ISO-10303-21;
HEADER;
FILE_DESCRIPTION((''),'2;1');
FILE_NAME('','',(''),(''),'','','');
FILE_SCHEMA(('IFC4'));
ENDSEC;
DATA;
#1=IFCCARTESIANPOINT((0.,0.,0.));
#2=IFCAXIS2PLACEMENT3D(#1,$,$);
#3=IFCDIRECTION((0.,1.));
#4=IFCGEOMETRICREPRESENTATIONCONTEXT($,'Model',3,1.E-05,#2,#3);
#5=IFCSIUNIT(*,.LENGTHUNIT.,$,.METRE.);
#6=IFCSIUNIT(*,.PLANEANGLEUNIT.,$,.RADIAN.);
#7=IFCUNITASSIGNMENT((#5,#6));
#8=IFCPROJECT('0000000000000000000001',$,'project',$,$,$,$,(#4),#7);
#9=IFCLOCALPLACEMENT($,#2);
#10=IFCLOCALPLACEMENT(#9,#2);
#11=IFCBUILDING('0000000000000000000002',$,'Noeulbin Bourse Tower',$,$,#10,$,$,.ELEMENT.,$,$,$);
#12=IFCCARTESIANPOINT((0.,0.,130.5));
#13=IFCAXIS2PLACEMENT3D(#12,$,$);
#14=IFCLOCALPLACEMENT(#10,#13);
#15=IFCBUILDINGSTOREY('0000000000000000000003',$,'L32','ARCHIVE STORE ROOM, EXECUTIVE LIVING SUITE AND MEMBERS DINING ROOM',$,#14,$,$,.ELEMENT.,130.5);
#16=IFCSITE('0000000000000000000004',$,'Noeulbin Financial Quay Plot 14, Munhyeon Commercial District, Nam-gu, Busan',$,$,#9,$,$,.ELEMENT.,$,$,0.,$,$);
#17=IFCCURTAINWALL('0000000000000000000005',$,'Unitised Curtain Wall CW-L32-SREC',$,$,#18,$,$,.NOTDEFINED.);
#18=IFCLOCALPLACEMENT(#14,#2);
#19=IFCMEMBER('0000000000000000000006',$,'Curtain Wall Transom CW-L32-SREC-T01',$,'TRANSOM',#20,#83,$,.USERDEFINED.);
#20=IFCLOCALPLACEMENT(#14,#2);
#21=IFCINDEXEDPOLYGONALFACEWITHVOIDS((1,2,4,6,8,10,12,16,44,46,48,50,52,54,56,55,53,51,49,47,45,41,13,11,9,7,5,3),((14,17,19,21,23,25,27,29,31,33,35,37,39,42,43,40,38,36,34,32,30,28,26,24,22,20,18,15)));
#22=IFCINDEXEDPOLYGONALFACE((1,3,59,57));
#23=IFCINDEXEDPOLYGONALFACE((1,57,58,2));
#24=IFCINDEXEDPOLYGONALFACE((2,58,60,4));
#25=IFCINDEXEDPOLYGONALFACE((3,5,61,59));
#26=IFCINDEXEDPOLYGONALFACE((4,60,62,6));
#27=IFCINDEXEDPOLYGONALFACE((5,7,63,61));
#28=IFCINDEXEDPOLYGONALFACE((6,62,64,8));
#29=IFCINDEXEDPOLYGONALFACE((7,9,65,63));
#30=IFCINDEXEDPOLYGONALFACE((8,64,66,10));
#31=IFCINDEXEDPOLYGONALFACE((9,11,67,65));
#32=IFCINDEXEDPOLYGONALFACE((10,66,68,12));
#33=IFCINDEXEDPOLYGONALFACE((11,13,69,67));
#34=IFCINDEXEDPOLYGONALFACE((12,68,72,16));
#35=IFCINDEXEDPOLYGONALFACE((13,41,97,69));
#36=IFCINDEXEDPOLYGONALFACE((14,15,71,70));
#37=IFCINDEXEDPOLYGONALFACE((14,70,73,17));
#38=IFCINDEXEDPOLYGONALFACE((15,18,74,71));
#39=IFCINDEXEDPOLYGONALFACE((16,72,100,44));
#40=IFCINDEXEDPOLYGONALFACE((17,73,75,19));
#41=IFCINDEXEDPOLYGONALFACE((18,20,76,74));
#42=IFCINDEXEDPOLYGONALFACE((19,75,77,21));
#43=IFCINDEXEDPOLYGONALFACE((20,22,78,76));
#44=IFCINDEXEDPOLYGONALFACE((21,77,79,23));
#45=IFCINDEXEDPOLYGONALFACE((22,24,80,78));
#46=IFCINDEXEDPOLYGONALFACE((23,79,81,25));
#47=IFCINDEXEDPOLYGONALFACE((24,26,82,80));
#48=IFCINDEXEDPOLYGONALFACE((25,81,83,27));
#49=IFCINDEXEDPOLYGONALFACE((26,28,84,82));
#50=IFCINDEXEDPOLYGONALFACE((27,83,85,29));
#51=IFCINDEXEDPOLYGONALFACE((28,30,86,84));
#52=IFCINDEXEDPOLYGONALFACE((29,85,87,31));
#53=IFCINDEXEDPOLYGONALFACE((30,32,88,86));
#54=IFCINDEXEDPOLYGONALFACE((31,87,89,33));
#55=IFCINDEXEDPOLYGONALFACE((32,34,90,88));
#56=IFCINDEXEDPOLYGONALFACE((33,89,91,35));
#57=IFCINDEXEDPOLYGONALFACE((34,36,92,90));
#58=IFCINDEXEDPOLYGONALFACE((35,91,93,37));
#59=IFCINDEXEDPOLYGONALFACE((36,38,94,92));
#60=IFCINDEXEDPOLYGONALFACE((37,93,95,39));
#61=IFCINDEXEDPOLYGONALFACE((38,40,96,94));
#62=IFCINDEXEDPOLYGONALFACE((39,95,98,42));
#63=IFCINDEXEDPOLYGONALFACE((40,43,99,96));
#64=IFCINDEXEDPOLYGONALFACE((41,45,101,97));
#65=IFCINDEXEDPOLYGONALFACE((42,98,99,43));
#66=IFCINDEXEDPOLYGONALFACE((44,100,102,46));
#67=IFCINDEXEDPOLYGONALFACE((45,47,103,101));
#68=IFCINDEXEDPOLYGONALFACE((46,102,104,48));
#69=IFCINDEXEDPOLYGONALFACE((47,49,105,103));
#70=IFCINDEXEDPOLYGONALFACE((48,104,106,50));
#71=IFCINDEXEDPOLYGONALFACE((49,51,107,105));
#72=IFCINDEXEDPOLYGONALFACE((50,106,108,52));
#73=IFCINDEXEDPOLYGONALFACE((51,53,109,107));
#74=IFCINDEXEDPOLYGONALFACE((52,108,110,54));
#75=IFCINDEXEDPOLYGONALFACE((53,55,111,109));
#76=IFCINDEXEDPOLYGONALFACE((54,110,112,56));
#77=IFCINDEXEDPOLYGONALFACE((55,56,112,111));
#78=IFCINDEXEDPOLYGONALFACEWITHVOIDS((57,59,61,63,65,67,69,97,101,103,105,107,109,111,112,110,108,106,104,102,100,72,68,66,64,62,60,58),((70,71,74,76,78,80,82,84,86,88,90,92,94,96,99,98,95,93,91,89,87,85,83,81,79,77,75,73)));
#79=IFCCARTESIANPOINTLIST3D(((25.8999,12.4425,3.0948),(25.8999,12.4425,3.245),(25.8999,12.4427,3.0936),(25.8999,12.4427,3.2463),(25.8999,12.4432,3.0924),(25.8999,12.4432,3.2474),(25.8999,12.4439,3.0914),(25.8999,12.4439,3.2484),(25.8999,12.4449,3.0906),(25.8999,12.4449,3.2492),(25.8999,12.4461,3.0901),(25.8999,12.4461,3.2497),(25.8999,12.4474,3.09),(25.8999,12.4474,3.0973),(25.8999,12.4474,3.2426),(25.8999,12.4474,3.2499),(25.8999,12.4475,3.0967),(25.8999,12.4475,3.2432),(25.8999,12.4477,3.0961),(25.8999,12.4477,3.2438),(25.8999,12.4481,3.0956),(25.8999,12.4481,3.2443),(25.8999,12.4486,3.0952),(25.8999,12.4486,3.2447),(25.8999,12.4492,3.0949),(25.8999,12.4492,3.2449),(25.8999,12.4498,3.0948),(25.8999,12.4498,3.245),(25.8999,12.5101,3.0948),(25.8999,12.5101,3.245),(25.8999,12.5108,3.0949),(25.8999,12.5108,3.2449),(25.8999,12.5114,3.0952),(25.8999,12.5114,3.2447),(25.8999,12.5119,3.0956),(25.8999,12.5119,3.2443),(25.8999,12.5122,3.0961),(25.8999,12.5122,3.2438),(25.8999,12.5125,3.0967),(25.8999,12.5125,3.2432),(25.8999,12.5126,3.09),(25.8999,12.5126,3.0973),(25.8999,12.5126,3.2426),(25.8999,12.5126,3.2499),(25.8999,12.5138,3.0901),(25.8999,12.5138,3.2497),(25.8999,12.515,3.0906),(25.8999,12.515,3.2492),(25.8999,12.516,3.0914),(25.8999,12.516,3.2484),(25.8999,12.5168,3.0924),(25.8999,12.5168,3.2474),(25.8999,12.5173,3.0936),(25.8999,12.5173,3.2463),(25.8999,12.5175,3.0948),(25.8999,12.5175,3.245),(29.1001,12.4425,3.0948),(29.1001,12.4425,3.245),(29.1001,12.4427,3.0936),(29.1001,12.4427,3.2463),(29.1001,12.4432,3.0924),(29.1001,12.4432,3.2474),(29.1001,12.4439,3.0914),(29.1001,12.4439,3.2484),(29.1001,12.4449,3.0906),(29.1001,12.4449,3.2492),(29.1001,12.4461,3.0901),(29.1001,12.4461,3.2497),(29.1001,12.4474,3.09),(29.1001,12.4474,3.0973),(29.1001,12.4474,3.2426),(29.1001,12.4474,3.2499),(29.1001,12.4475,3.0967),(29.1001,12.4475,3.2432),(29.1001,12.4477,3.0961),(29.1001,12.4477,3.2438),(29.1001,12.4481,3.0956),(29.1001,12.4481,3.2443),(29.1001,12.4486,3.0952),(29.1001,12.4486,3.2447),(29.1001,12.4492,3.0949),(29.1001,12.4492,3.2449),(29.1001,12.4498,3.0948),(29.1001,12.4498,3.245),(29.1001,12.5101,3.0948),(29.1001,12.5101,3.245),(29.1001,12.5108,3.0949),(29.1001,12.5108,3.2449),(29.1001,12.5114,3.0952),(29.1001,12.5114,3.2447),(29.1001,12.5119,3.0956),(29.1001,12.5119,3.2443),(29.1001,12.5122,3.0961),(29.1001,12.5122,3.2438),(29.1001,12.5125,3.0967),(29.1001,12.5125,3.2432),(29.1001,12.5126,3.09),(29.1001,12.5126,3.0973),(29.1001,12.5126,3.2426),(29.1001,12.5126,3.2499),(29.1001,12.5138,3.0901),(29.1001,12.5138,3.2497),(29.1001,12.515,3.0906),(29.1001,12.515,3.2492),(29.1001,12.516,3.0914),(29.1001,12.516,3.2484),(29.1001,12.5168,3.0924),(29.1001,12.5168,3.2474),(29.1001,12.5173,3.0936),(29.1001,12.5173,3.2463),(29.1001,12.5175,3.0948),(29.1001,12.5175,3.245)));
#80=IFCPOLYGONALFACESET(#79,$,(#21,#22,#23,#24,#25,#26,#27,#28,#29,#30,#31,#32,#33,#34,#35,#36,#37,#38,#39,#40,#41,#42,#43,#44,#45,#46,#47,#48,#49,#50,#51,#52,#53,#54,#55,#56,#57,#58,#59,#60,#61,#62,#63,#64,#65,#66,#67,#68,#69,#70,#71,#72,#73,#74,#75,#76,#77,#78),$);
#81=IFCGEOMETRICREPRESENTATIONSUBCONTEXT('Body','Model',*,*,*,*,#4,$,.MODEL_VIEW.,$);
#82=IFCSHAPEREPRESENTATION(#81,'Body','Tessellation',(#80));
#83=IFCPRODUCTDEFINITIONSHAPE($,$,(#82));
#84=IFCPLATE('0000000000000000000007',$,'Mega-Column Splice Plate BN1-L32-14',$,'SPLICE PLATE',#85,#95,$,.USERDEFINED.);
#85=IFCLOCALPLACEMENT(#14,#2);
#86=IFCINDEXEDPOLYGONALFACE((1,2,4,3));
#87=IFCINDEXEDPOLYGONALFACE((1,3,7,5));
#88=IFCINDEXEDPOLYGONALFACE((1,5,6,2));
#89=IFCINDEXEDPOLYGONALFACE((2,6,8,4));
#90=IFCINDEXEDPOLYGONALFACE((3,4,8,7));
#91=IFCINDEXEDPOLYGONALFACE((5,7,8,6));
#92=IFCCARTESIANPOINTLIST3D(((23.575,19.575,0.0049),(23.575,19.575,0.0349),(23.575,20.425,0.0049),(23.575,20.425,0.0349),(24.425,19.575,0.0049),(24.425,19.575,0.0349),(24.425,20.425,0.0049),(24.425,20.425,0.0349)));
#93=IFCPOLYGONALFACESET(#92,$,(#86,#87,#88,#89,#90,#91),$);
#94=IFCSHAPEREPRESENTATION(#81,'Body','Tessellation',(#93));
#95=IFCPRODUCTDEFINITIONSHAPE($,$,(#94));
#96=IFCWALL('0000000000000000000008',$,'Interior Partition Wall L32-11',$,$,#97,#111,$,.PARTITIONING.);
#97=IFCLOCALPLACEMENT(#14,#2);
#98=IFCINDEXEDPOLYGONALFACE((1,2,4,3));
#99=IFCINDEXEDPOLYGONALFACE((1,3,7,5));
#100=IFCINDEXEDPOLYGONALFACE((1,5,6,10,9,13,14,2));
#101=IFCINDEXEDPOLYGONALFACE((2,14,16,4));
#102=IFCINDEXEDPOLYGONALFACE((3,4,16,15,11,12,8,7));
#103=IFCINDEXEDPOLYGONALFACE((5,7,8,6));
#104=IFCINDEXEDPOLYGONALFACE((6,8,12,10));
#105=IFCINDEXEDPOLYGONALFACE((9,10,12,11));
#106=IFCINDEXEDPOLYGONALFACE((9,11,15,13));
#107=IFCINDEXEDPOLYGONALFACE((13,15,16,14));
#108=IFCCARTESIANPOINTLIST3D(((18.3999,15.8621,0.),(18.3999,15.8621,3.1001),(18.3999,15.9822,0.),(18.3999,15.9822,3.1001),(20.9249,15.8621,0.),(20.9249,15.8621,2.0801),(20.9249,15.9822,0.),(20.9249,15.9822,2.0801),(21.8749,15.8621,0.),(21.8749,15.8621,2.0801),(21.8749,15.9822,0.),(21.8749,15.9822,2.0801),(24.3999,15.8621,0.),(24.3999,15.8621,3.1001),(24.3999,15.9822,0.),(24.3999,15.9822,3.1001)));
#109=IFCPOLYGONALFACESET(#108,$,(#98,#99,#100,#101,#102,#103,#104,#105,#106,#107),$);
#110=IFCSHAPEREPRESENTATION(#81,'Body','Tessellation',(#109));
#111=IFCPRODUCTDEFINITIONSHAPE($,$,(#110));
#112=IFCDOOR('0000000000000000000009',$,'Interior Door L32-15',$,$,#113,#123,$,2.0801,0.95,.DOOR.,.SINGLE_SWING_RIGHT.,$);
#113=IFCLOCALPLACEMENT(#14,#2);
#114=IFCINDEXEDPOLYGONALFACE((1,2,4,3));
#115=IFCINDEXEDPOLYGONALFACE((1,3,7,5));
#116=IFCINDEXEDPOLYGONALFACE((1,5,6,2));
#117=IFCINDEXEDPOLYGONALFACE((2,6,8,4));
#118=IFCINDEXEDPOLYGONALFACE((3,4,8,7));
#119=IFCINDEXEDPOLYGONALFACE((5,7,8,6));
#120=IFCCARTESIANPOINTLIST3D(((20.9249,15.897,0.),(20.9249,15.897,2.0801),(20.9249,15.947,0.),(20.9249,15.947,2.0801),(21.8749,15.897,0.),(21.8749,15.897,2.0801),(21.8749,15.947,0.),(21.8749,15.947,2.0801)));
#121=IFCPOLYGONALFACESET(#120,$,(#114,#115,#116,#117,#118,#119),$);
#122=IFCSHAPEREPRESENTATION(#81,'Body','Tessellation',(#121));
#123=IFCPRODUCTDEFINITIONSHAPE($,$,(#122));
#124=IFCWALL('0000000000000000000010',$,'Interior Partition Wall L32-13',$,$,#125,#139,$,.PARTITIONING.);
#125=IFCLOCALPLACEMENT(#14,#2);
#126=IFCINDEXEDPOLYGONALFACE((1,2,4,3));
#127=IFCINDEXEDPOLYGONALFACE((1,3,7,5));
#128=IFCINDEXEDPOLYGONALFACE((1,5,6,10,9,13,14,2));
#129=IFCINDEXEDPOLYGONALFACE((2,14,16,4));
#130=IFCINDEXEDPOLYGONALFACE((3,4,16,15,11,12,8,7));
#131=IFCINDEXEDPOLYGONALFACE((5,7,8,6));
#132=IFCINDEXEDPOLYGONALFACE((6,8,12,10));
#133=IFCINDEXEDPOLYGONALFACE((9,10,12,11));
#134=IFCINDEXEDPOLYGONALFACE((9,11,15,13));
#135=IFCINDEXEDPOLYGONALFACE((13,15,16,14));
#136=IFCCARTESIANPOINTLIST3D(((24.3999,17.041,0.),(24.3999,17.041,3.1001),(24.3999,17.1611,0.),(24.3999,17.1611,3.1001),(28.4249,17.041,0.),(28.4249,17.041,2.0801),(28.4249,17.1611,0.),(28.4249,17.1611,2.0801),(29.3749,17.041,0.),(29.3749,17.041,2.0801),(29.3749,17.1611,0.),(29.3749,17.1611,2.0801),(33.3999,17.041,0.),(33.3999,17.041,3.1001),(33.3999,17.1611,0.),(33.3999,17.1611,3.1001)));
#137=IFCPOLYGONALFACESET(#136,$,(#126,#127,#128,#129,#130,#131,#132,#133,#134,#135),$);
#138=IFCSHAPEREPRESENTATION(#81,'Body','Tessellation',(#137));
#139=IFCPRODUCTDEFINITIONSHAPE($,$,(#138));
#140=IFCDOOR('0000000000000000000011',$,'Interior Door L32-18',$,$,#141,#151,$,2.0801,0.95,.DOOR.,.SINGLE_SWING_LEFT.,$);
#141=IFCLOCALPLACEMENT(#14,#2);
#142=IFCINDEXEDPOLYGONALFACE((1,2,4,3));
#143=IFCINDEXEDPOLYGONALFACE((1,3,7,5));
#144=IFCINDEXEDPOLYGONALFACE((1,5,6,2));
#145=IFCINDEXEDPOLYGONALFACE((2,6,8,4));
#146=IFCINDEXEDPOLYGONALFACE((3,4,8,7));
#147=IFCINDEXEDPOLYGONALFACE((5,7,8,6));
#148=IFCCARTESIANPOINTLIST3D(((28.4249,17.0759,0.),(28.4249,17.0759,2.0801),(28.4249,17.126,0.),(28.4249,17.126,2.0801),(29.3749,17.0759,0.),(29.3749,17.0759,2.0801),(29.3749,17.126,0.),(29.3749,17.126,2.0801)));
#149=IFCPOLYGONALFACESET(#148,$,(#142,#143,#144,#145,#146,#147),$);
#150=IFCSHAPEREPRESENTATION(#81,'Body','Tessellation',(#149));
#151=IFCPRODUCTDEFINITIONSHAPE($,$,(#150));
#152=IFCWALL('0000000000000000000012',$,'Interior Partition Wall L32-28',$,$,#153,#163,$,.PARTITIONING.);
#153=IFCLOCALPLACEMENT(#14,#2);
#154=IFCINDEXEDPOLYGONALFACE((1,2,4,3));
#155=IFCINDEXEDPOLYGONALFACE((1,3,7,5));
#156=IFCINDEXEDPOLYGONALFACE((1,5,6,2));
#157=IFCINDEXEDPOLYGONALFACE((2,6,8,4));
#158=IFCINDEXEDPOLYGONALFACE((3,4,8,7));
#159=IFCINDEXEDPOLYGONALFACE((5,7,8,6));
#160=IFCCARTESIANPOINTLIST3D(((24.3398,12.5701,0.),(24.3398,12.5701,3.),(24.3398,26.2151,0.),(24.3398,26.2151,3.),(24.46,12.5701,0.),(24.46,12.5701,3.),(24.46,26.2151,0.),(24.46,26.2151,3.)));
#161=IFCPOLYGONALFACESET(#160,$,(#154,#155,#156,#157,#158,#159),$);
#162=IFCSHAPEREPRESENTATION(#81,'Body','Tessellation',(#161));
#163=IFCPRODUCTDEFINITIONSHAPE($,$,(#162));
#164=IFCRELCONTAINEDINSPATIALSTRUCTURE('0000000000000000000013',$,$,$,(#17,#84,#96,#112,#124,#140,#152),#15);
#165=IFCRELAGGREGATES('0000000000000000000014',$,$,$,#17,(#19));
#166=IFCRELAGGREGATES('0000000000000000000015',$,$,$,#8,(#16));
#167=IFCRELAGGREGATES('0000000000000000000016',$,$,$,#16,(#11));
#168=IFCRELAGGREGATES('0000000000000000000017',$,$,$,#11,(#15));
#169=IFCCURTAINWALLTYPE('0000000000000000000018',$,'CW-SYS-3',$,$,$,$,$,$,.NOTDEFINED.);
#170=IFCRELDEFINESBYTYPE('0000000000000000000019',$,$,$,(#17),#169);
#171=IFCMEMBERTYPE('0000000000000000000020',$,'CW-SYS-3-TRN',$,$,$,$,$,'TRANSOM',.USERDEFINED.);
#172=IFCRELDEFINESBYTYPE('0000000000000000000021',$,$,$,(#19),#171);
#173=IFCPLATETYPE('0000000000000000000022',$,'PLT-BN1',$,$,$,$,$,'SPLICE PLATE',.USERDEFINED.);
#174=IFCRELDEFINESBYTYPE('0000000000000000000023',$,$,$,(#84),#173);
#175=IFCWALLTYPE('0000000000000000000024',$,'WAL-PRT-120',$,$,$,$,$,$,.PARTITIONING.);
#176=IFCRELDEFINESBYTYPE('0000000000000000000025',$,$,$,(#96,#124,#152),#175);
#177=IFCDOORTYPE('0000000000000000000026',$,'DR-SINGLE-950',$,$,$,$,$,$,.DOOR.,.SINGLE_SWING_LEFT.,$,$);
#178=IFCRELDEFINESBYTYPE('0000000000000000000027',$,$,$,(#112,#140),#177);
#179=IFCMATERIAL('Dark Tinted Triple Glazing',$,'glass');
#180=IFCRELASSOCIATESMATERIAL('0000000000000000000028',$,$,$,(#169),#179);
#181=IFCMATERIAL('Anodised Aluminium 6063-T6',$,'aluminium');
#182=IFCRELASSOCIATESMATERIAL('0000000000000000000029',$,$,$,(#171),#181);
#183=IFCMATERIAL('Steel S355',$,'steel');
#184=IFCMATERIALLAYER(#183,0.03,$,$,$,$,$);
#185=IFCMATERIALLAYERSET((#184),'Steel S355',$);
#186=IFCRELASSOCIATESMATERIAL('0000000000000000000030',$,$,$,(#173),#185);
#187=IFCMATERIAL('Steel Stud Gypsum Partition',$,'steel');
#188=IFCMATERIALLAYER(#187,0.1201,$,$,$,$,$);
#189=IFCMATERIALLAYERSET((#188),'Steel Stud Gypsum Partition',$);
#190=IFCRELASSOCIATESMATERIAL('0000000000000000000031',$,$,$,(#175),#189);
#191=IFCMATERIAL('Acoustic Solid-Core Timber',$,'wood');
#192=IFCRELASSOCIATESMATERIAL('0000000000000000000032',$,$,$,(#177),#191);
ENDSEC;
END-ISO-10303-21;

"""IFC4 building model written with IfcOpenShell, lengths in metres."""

from ifc_helpers import new_model, si_unit, direction, frame, frame_2d, origin, origin_2d, place, context, subcontext, project, spatial, rectangle, hollow_rectangle, extrude, material, layer, layer_set, material_profile, profile_set, type_object, element, fill, aggregate, save


model = new_model("IFC4")

# Units and contexts
model_context = context("Model", 3, precision=1e-05, world=origin(), true_north=direction((0.0, 1.0)))
body_context = subcontext(model_context, "Body", "Model", "MODEL_VIEW")
ifc_project = project(units=[si_unit("LENGTHUNIT", "METRE"), si_unit("PLANEANGLEUNIT", "RADIAN")], contexts=[model_context])

# Site, building, storey
site_placement = place(None, origin())
site = spatial("IfcSite", under=ifc_project, at=site_placement, Name="Noeulbin Financial Quay Plot 14, Munhyeon Commercial District, Nam-gu, Busan", CompositionType="ELEMENT", RefElevation=0.0)
building_placement = place(site_placement, origin())
building = spatial("IfcBuilding", under=site, at=building_placement, Name="Noeulbin Bourse Tower", CompositionType="ELEMENT")
storey_placement = place(building_placement, frame((0.0, 0.0, 130.5)))
storey = spatial("IfcBuildingStorey", under=building, at=storey_placement, Name="L32", Description="ARCHIVE STORE ROOM, EXECUTIVE LIVING SUITE AND MEMBERS DINING ROOM", CompositionType="ELEMENT", Elevation=130.5)

# Shared definitions
ifc_material_1 = material(Name="Steel S355", Category="steel")

# Curtain wall, member
ifc_material_2 = material(Name="Dark Tinted Triple Glazing", Category="glass")
curtain_wall_type = type_object("IfcCurtainWallType", Name="CW-SYS-3", PredefinedType="NOTDEFINED", material=ifc_material_2)
curtain_wall_placement = place(storey_placement, origin())
curtain_wall = element("IfcCurtainWall", 1, at=curtain_wall_placement, inside=storey, type_object=curtain_wall_type, Name="Unitised Curtain Wall CW-L32-SREC", PredefinedType="NOTDEFINED")
ifc_material_3 = material(Name="Anodised Aluminium 6063-T6", Category="aluminium")
ifc_material_profile_1 = material_profile(ifc_material_3, hollow_rectangle(XDim=0.075, YDim=0.1599, WallThickness=0.0049, InnerFilletRadius=0.0024, OuterFilletRadius=0.0049, at=origin_2d()), Name="ALU-TRAN-75x160x5", Category="LoadBearing")
ifc_profile_set_1 = profile_set([ifc_material_profile_1], Name="Anodised Aluminium 6063-T6")
member_type_1 = type_object("IfcMemberType", Name="CW-SYS-3-TRN", ElementType="TRANSOM", PredefinedType="USERDEFINED", material=ifc_profile_set_1)
member_1_placement = place(storey_placement, frame((25.8999, 12.48, 3.1699), z_axis=(1.0, 0.0, 0.0), x_axis=(0.0, 1.0, 0.0)))
member_1 = element("IfcMember", 2, at=member_1_placement, type_object=member_type_1, Name="Curtain Wall Transom CW-L32-SREC-T01", ObjectType="TRANSOM", PredefinedType="USERDEFINED", context=body_context, shape_type="SweptSolid", body=[
    extrude(hollow_rectangle(XDim=0.075, YDim=0.1599, WallThickness=0.0049, InnerFilletRadius=0.0024, OuterFilletRadius=0.0049, at=origin_2d()), origin(), (0.0, 0.0, 1.0), 3.2002),
])
aggregate(curtain_wall, [member_1])

# Plate
ifc_layer_1 = layer(ifc_material_1, 0.03)
ifc_layer_set_1 = layer_set([ifc_layer_1], Name="Steel S355")
plate_type = type_object("IfcPlateType", Name="PLT-BN1", ElementType="SPLICE PLATE", PredefinedType="USERDEFINED", material=ifc_layer_set_1)
plate_placement = place(storey_placement, frame((24.0, 20.0, 0.0049), z_axis=(0.0, 0.0, 1.0), x_axis=(1.0, 0.0, 0.0)))
element("IfcPlate", 3, at=plate_placement, inside=storey, type_object=plate_type, Name="Mega-Column Splice Plate BN1-L32-14", ObjectType="SPLICE PLATE", PredefinedType="USERDEFINED", context=body_context, shape_type="SweptSolid", body=[
    extrude(rectangle(XDim=0.8501, YDim=0.8501, at=origin_2d()), origin(), (0.0, 0.0, 1.0), 0.03),
])

# Walls, openings, doors
ifc_material_4 = material(Name="Steel Stud Gypsum Partition", Category="steel")
ifc_layer_2 = layer(ifc_material_4, 0.1201)
ifc_layer_set_2 = layer_set([ifc_layer_2], Name="Steel Stud Gypsum Partition")
wall_type = type_object("IfcWallType", Name="WAL-PRT-120", PredefinedType="PARTITIONING", material=ifc_layer_set_2)
wall_1_placement = place(storey_placement, frame((18.3999, 15.9221, 0.0), z_axis=(0.0, 0.0, 1.0), x_axis=(1.0, 0.0, 0.0)))
wall_1 = element("IfcWall", 4, at=wall_1_placement, inside=storey, type_object=wall_type, Name="Interior Partition Wall L32-11", PredefinedType="PARTITIONING", context=body_context, shape_type="SweptSolid", body=[
    extrude(rectangle(XDim=6.0, YDim=0.1201, at=frame_2d((3.0, 0.0))), origin(), (0.0, 0.0, 1.0), 3.1001),
])
opening_1_placement = place(wall_1_placement, frame((2.5249, 0.0, 0.0)))
opening_1 = element("IfcOpeningElement", 5, at=opening_1_placement, cuts=wall_1, PredefinedType="OPENING", context=body_context, shape_type="SweptSolid", body=[
    extrude(rectangle(XDim=0.95, YDim=2.0801, at=frame_2d((0.4751, 1.04))), frame((0.0, 0.0701, 0.0), z_axis=(0.0, -1.0, 0.0), x_axis=(1.0, 0.0, 0.0)), (0.0, 0.0, 1.0), 0.1401),
])
ifc_material_5 = material(Name="Acoustic Solid-Core Timber", Category="wood")
door_type = type_object("IfcDoorType", Name="DR-SINGLE-950", OperationType="SINGLE_SWING_LEFT", PredefinedType="DOOR", material=ifc_material_5)
door_1_placement = place(opening_1_placement, origin())
door_1 = element("IfcDoor", 6, at=door_1_placement, inside=storey, type_object=door_type, Name="Interior Door L32-15", OperationType="SINGLE_SWING_RIGHT", OverallHeight=2.0801, OverallWidth=0.95, PredefinedType="DOOR", context=body_context, shape_type="SweptSolid", body=[
    extrude(rectangle(XDim=0.95, YDim=2.0801, at=frame_2d((0.4751, 1.04))), frame((0.0, 0.0249, 0.0), z_axis=(0.0, -1.0, 0.0), x_axis=(1.0, 0.0, 0.0)), (0.0, 0.0, 1.0), 0.05),
])
fill(opening_1, door_1)
wall_2_placement = place(storey_placement, frame((24.3999, 17.1011, 0.0), z_axis=(0.0, 0.0, 1.0), x_axis=(1.0, 0.0, 0.0)))
wall_2 = element("IfcWall", 7, at=wall_2_placement, inside=storey, type_object=wall_type, Name="Interior Partition Wall L32-13", PredefinedType="PARTITIONING", context=body_context, shape_type="SweptSolid", body=[
    extrude(rectangle(XDim=9.0, YDim=0.1201, at=frame_2d((4.5, 0.0))), origin(), (0.0, 0.0, 1.0), 3.1001),
])
opening_2_placement = place(wall_2_placement, frame((4.0249, 0.0, 0.0)))
opening_2 = element("IfcOpeningElement", 8, at=opening_2_placement, cuts=wall_2, PredefinedType="OPENING", context=body_context, shape_type="SweptSolid", body=[
    extrude(rectangle(XDim=0.95, YDim=2.0801, at=frame_2d((0.4751, 1.04))), frame((0.0, 0.0701, 0.0), z_axis=(0.0, -1.0, 0.0), x_axis=(1.0, 0.0, 0.0)), (0.0, 0.0, 1.0), 0.1401),
])
door_2_placement = place(opening_2_placement, origin())
door_2 = element("IfcDoor", 9, at=door_2_placement, inside=storey, type_object=door_type, Name="Interior Door L32-18", OperationType="SINGLE_SWING_LEFT", OverallHeight=2.0801, OverallWidth=0.95, PredefinedType="DOOR", context=body_context, shape_type="SweptSolid", body=[
    extrude(rectangle(XDim=0.95, YDim=2.0801, at=frame_2d((0.4751, 1.04))), frame((0.0, 0.0249, 0.0), z_axis=(0.0, -1.0, 0.0), x_axis=(1.0, 0.0, 0.0)), (0.0, 0.0, 1.0), 0.05),
])
fill(opening_2, door_2)

# Wall
wall_3_placement = place(storey_placement, frame((24.3999, 12.5701, 0.0), z_axis=(0.0, 0.0, 1.0), x_axis=(0.0, 1.0, 0.0)))
element("IfcWall", 10, at=wall_3_placement, inside=storey, type_object=wall_type, Name="Interior Partition Wall L32-28", PredefinedType="PARTITIONING", context=body_context, shape_type="SweptSolid", body=[
    extrude(rectangle(XDim=13.645, YDim=0.1201, at=frame_2d((6.8225, 0.0))), origin(), (0.0, 0.0, 1.0), 3.0),
])

save(model, "model.ifc")
